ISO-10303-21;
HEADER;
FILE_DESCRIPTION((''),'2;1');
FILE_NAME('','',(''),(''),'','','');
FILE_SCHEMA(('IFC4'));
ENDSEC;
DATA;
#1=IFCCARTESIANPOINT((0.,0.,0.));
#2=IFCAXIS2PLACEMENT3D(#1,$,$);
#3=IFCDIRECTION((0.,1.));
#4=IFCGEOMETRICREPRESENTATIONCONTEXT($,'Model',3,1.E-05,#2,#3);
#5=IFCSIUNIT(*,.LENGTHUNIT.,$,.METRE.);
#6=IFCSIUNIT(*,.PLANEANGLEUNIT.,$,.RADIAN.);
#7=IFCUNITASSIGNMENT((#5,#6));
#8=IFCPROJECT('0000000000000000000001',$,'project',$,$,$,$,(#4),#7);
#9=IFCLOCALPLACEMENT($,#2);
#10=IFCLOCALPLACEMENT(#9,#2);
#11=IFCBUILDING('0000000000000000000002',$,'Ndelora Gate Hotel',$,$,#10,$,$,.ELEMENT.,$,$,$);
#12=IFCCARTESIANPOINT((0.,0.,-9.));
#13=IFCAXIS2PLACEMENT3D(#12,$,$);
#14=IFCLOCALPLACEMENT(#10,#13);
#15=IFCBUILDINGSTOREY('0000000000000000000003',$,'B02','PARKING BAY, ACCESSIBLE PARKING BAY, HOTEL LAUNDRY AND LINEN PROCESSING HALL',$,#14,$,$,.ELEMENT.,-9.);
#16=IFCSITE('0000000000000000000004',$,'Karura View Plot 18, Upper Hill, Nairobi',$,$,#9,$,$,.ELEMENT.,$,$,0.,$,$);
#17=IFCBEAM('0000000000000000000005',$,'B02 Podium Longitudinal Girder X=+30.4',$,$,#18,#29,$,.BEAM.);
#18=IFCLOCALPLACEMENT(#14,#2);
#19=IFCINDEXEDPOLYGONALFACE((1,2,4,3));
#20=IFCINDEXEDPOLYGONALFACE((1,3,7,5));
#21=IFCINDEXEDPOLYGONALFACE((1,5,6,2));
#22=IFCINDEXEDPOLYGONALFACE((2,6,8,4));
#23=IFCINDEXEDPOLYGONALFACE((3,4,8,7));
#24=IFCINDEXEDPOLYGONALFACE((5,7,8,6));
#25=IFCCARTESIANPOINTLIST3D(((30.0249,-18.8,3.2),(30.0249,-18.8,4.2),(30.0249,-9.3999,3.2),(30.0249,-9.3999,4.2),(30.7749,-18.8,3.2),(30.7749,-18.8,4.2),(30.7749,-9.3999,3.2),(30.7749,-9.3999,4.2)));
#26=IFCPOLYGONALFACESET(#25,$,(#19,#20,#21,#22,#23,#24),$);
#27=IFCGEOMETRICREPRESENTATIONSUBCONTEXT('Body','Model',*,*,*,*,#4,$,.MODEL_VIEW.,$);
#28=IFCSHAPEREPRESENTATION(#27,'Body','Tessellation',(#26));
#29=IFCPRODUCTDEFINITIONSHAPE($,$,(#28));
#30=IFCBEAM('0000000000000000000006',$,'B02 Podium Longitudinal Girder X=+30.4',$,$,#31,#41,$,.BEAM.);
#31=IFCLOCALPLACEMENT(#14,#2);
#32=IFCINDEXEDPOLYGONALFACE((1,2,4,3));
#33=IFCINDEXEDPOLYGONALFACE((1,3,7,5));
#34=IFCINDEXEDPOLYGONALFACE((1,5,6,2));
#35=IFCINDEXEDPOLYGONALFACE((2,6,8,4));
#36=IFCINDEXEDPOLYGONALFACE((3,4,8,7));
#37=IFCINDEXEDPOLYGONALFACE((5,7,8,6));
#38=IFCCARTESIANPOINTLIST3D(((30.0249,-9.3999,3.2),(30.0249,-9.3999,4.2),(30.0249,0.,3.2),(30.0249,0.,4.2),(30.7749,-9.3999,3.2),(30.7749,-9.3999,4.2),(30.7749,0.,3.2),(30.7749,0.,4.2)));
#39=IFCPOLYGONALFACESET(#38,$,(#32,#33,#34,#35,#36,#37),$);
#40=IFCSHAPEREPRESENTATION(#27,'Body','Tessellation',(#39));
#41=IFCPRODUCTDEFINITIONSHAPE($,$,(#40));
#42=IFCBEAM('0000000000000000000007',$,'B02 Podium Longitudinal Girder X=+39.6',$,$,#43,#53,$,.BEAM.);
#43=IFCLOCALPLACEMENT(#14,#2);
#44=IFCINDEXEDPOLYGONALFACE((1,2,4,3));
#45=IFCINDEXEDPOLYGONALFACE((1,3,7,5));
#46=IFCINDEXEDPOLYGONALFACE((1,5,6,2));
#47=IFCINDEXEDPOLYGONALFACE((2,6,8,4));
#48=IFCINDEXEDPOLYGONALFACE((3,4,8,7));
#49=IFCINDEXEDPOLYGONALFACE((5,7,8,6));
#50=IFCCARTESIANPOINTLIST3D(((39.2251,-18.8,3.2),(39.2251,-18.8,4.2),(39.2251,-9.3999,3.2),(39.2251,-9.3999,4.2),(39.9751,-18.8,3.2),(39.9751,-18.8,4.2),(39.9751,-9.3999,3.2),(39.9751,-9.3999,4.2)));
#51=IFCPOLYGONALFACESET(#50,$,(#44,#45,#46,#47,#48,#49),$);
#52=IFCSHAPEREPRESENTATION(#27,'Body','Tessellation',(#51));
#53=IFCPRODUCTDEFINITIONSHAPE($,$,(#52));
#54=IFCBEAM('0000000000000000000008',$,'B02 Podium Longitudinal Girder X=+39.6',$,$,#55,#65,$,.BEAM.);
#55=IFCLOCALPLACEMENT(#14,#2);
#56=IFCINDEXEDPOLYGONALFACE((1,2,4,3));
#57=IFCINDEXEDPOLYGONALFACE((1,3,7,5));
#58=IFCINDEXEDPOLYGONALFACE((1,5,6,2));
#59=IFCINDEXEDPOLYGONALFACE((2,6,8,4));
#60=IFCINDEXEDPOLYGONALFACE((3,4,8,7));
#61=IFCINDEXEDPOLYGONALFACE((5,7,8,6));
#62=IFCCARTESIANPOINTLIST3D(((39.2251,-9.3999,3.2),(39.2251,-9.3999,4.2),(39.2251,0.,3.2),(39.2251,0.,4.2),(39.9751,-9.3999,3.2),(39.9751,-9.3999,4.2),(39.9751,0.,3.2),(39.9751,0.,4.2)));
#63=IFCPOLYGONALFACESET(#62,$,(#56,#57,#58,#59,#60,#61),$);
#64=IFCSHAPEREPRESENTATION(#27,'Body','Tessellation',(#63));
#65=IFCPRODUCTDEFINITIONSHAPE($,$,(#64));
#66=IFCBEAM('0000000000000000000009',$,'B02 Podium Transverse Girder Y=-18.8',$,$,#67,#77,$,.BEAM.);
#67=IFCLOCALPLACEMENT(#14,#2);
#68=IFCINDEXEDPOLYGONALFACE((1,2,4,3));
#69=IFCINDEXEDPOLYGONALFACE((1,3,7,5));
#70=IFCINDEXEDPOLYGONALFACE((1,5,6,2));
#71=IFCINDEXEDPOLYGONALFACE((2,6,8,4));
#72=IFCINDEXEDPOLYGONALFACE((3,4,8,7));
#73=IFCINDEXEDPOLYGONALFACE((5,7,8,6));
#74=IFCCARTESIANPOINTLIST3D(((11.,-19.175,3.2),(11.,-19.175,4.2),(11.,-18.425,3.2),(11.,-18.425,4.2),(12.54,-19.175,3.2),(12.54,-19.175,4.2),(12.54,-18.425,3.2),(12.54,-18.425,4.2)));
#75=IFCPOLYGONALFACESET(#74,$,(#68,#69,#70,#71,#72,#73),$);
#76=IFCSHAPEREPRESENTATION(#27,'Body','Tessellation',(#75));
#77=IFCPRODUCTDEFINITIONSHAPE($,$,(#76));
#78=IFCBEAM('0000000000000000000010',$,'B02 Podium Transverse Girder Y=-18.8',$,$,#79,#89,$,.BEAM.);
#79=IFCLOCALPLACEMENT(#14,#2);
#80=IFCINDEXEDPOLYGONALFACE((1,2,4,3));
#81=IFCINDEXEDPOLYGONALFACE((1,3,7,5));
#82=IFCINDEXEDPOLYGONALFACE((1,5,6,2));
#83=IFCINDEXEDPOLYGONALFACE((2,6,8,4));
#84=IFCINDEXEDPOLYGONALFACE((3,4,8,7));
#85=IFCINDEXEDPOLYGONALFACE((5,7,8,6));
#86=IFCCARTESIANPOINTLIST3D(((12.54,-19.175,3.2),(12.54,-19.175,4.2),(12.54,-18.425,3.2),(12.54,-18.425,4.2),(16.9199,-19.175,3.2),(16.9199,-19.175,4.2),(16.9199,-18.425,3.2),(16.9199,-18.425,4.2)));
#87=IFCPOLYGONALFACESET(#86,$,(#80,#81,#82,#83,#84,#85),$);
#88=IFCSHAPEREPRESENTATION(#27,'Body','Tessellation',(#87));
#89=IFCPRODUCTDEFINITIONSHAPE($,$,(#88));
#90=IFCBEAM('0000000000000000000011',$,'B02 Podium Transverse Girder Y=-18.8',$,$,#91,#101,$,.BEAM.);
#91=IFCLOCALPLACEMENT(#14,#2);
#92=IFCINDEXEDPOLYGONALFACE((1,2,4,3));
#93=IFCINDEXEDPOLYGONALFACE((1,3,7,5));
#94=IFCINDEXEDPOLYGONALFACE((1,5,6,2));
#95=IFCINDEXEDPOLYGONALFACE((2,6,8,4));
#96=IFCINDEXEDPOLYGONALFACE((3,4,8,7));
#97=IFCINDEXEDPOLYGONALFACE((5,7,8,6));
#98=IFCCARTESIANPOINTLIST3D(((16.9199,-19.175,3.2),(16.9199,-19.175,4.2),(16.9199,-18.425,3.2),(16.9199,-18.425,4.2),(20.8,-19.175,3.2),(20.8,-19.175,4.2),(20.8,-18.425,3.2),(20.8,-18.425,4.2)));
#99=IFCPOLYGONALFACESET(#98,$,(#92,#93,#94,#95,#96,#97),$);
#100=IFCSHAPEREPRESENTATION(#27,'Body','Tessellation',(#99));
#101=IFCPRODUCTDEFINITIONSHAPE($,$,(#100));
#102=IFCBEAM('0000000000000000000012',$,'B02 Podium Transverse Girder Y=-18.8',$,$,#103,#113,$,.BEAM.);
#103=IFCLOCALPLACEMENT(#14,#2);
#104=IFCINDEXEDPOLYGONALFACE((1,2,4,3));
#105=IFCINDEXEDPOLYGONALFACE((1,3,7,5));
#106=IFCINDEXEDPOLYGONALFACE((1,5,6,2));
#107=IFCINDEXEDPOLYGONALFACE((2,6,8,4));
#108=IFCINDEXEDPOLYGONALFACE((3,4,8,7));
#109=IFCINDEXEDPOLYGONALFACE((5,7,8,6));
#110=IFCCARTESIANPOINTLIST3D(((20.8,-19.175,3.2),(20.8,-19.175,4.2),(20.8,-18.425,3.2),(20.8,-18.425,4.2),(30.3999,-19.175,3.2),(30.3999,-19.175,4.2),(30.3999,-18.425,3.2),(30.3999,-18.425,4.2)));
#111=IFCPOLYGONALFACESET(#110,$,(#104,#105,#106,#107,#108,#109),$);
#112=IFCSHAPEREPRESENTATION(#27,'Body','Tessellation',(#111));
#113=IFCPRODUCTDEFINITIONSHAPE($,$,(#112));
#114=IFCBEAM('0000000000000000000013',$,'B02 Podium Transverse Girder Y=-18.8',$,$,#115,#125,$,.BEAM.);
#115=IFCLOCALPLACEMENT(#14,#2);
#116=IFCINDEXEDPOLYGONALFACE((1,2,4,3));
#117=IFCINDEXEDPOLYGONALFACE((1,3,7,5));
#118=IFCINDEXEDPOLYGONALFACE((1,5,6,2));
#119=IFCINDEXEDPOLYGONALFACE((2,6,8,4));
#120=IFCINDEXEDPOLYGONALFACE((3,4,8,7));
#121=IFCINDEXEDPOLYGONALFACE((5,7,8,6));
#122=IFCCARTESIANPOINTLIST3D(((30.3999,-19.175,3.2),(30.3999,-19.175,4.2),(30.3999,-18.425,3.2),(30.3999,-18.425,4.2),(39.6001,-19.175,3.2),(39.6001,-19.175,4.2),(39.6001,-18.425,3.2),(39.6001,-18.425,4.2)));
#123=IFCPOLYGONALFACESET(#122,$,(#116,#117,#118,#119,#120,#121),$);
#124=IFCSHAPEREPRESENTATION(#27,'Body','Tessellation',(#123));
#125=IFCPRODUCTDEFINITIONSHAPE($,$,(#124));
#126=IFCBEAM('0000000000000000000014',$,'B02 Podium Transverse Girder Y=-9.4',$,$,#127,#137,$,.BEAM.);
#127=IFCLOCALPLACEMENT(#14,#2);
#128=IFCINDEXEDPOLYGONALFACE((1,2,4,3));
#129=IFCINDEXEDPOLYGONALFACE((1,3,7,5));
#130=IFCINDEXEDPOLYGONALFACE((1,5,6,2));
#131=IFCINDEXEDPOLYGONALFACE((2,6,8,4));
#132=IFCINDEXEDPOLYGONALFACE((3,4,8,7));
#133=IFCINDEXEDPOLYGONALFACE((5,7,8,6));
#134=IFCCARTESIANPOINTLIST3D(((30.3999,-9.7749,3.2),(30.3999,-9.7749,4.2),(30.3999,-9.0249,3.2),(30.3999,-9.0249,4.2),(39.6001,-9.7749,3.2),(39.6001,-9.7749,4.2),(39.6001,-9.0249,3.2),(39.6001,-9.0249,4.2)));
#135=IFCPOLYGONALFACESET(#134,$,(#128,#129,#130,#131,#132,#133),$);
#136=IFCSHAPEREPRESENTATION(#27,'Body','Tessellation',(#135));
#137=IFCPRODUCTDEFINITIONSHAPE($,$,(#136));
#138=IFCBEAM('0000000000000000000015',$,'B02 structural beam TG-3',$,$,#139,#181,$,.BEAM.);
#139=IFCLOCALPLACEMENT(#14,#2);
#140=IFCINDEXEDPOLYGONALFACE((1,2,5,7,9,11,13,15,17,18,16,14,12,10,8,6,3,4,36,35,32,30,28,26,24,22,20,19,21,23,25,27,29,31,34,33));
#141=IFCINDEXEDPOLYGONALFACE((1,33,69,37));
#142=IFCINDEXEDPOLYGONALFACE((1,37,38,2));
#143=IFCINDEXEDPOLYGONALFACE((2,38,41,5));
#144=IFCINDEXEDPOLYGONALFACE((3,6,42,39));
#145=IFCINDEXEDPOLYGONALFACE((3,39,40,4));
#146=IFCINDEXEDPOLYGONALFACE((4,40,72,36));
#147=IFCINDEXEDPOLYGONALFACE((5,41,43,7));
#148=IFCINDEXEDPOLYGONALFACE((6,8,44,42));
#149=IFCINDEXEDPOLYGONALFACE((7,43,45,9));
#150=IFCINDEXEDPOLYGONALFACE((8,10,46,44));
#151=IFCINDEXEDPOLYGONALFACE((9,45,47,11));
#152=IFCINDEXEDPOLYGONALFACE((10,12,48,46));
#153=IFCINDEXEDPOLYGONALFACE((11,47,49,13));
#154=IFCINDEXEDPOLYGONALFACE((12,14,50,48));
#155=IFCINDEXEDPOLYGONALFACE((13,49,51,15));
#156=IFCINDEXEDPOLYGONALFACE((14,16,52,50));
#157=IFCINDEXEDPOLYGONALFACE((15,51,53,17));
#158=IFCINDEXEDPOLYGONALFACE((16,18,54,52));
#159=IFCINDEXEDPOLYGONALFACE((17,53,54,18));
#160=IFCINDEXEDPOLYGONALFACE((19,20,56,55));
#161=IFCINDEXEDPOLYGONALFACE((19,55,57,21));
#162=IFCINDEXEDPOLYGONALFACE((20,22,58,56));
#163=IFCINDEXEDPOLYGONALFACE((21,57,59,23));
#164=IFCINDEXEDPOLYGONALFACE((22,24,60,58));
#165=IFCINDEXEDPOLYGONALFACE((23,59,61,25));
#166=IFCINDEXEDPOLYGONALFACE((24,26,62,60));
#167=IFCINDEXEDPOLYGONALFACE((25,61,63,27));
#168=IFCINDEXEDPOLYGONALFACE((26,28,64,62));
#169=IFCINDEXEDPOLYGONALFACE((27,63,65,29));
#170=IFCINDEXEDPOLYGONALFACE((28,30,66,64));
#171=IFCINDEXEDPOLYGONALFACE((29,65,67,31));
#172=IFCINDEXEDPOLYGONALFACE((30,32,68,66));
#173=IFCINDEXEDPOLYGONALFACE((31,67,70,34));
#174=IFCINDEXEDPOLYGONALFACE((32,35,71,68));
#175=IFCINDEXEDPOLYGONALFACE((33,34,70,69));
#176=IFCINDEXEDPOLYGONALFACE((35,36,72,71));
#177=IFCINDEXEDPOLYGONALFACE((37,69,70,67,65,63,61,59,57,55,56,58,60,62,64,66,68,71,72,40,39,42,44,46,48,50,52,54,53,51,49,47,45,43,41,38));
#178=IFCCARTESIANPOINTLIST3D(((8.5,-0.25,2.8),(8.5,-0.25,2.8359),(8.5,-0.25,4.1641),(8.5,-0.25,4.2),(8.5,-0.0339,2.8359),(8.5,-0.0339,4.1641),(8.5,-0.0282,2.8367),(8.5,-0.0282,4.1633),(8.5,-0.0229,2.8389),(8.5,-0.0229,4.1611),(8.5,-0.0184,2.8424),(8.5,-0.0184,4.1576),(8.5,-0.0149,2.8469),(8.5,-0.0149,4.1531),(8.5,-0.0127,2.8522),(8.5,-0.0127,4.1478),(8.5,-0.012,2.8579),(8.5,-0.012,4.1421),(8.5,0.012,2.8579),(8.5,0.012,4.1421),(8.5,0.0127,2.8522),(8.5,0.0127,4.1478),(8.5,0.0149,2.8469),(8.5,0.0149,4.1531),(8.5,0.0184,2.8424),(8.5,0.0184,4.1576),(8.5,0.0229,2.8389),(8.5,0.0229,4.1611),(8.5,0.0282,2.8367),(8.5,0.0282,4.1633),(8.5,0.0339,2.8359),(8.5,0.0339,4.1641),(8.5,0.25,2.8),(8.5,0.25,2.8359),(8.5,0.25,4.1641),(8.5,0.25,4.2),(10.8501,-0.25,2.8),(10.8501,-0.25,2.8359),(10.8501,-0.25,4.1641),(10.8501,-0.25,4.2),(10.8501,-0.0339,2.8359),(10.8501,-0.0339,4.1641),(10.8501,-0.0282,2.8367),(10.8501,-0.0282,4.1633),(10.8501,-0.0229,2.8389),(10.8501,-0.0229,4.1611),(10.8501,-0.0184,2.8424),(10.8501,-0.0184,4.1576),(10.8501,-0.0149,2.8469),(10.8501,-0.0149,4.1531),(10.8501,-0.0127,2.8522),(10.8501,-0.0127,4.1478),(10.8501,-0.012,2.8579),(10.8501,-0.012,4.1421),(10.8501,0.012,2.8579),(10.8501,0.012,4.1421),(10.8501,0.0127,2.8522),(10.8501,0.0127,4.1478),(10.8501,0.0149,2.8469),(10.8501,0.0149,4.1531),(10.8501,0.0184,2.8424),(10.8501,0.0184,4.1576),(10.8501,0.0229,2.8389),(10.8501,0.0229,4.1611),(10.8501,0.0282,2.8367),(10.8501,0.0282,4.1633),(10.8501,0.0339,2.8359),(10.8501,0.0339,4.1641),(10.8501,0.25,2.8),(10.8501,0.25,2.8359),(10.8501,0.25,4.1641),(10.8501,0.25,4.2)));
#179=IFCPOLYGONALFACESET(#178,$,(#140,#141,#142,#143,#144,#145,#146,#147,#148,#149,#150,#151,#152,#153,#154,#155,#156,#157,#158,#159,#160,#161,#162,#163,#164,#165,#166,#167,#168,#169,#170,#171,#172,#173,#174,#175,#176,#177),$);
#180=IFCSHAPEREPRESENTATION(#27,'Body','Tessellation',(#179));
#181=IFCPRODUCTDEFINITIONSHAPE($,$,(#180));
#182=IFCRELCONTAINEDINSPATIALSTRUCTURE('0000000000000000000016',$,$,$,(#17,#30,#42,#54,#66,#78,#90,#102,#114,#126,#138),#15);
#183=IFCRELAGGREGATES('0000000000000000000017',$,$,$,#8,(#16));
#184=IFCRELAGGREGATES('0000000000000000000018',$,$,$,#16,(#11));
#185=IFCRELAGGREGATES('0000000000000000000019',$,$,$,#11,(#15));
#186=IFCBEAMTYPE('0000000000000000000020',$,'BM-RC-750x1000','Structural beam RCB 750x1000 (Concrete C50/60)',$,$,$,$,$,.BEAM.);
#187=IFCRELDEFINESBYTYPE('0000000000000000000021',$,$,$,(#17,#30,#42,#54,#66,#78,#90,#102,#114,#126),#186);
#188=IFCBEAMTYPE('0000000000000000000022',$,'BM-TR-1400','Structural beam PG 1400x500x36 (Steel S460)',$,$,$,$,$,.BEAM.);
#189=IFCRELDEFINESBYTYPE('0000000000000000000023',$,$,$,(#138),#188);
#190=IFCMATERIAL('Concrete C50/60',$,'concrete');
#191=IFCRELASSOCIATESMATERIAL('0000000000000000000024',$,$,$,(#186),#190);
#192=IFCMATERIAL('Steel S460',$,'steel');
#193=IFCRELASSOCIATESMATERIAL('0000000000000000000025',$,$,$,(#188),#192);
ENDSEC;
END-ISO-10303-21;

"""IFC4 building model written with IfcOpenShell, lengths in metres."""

from ifc_helpers import new_model, si_unit, direction, frame, origin, origin_2d, place, context, subcontext, project, spatial, rectangle, i_section, extrude, material, material_profile, profile_set, type_object, element, save


model = new_model("IFC4")

# Units and contexts
model_context = context("Model", 3, precision=1e-05, world=origin(), true_north=direction((0.0, 1.0)))
body_context = subcontext(model_context, "Body", "Model", "MODEL_VIEW")
ifc_project = project(units=[si_unit("LENGTHUNIT", "METRE"), si_unit("PLANEANGLEUNIT", "RADIAN")], contexts=[model_context])

# Site, building, storey
site_placement = place(None, origin())
site = spatial("IfcSite", under=ifc_project, at=site_placement, Name="Karura View Plot 18, Upper Hill, Nairobi", CompositionType="ELEMENT", RefElevation=0.0)
building_placement = place(site_placement, origin())
building = spatial("IfcBuilding", under=site, at=building_placement, Name="Ndelora Gate Hotel", CompositionType="ELEMENT")
storey_placement = place(building_placement, frame((0.0, 0.0, -9.0)))
storey = spatial("IfcBuildingStorey", under=building, at=storey_placement, Name="B02", Description="PARKING BAY, ACCESSIBLE PARKING BAY, HOTEL LAUNDRY AND LINEN PROCESSING HALL", CompositionType="ELEMENT", Elevation=-9.0)

# Shared definitions
ifc_material_1 = material(Name="Concrete C50/60", Category="concrete")

# Beams
ifc_material_profile_1 = material_profile(ifc_material_1, rectangle(XDim=0.75, YDim=1.0, at=origin_2d()), Name="RCB 750x1000")
ifc_profile_set_1 = profile_set([ifc_material_profile_1], Name="Concrete C50/60")
beam_type_1 = type_object("IfcBeamType", Name="BM-RC-750x1000", Description="Structural beam RCB 750x1000 (Concrete C50/60)", PredefinedType="BEAM", material=ifc_profile_set_1)
beam_1_placement = place(storey_placement, frame((30.3999, -18.8, 3.7), z_axis=(0.0, 1.0, 0.0), x_axis=(-1.0, 0.0, 0.0)))
element("IfcBeam", 1, at=beam_1_placement, inside=storey, type_object=beam_type_1, Name="B02 Podium Longitudinal Girder X=+30.4", PredefinedType="BEAM", context=body_context, shape_type="SweptSolid", body=[
    extrude(rectangle(XDim=0.75, YDim=1.0, at=origin_2d()), origin(), (0.0, 0.0, 1.0), 9.4001),
])
beam_2_placement = place(storey_placement, frame((30.3999, -9.3999, 3.7), z_axis=(0.0, 1.0, 0.0), x_axis=(-1.0, 0.0, 0.0)))
element("IfcBeam", 2, at=beam_2_placement, inside=storey, type_object=beam_type_1, Name="B02 Podium Longitudinal Girder X=+30.4", PredefinedType="BEAM", context=body_context, shape_type="SweptSolid", body=[
    extrude(rectangle(XDim=0.75, YDim=1.0, at=origin_2d()), origin(), (0.0, 0.0, 1.0), 9.3999),
])
beam_3_placement = place(storey_placement, frame((39.6001, -18.8, 3.7), z_axis=(0.0, 1.0, 0.0), x_axis=(-1.0, 0.0, 0.0)))
element("IfcBeam", 3, at=beam_3_placement, inside=storey, type_object=beam_type_1, Name="B02 Podium Longitudinal Girder X=+39.6", PredefinedType="BEAM", context=body_context, shape_type="SweptSolid", body=[
    extrude(rectangle(XDim=0.75, YDim=1.0, at=origin_2d()), origin(), (0.0, 0.0, 1.0), 9.4001),
])
beam_4_placement = place(storey_placement, frame((39.6001, -9.3999, 3.7), z_axis=(0.0, 1.0, 0.0), x_axis=(-1.0, 0.0, 0.0)))
element("IfcBeam", 4, at=beam_4_placement, inside=storey, type_object=beam_type_1, Name="B02 Podium Longitudinal Girder X=+39.6", PredefinedType="BEAM", context=body_context, shape_type="SweptSolid", body=[
    extrude(rectangle(XDim=0.75, YDim=1.0, at=origin_2d()), origin(), (0.0, 0.0, 1.0), 9.3999),
])
beam_5_placement = place(storey_placement, frame((11.0, -18.8, 3.7), z_axis=(1.0, 0.0, 0.0), x_axis=(0.0, 1.0, 0.0)))
element("IfcBeam", 5, at=beam_5_placement, inside=storey, type_object=beam_type_1, Name="B02 Podium Transverse Girder Y=-18.8", PredefinedType="BEAM", context=body_context, shape_type="SweptSolid", body=[
    extrude(rectangle(XDim=0.75, YDim=1.0, at=origin_2d()), origin(), (0.0, 0.0, 1.0), 1.54),
])
beam_6_placement = place(storey_placement, frame((12.54, -18.8, 3.7), z_axis=(1.0, 0.0, 0.0), x_axis=(0.0, 1.0, 0.0)))
element("IfcBeam", 6, at=beam_6_placement, inside=storey, type_object=beam_type_1, Name="B02 Podium Transverse Girder Y=-18.8", PredefinedType="BEAM", context=body_context, shape_type="SweptSolid", body=[
    extrude(rectangle(XDim=0.75, YDim=1.0, at=origin_2d()), origin(), (0.0, 0.0, 1.0), 4.3799),
])
beam_7_placement = place(storey_placement, frame((16.9199, -18.8, 3.7), z_axis=(1.0, 0.0, 0.0), x_axis=(0.0, 1.0, 0.0)))
element("IfcBeam", 7, at=beam_7_placement, inside=storey, type_object=beam_type_1, Name="B02 Podium Transverse Girder Y=-18.8", PredefinedType="BEAM", context=body_context, shape_type="SweptSolid", body=[
    extrude(rectangle(XDim=0.75, YDim=1.0, at=origin_2d()), origin(), (0.0, 0.0, 1.0), 3.8801),
])
beam_8_placement = place(storey_placement, frame((20.8, -18.8, 3.7), z_axis=(1.0, 0.0, 0.0), x_axis=(0.0, 1.0, 0.0)))
element("IfcBeam", 8, at=beam_8_placement, inside=storey, type_object=beam_type_1, Name="B02 Podium Transverse Girder Y=-18.8", PredefinedType="BEAM", context=body_context, shape_type="SweptSolid", body=[
    extrude(rectangle(XDim=0.75, YDim=1.0, at=origin_2d()), origin(), (0.0, 0.0, 1.0), 9.5999),
])
for number, where, z_axis, x_axis, name in (
    (9, (30.3999, -18.8, 3.7), (1.0, 0.0, 0.0), (0.0, 1.0, 0.0), "B02 Podium Transverse Girder Y=-18.8"),
    (10, (30.3999, -9.3999, 3.7), (1.0, 0.0, 0.0), (0.0, 1.0, 0.0), "B02 Podium Transverse Girder Y=-9.4"),
):
    element("IfcBeam", number, at=place(storey_placement, frame(where, z_axis=z_axis, x_axis=x_axis)), inside=storey, type_object=beam_type_1, Name=name, PredefinedType="BEAM", context=body_context, shape_type="SweptSolid", body=[
        extrude(rectangle(XDim=0.75, YDim=1.0, at=origin_2d()), origin(), (0.0, 0.0, 1.0), 9.2002),
    ])
ifc_material_2 = material(Name="Steel S460", Category="steel")
ifc_material_profile_2 = material_profile(ifc_material_2, i_section(OverallWidth=0.5, OverallDepth=1.3999, WebThickness=0.0239, FlangeThickness=0.0359, FilletRadius=0.022, at=origin_2d()), Name="PG 1400x500x36")
ifc_profile_set_2 = profile_set([ifc_material_profile_2], Name="Steel S460")
beam_type_2 = type_object("IfcBeamType", Name="BM-TR-1400", Description="Structural beam PG 1400x500x36 (Steel S460)", PredefinedType="BEAM", material=ifc_profile_set_2)
beam_9_placement = place(storey_placement, frame((8.5, 0.0, 3.5), z_axis=(1.0, 0.0, 0.0), x_axis=(0.0, 1.0, 0.0)))
element("IfcBeam", 11, at=beam_9_placement, inside=storey, type_object=beam_type_2, Name="B02 structural beam TG-3", PredefinedType="BEAM", context=body_context, shape_type="SweptSolid", body=[
    extrude(i_section(OverallWidth=0.5, OverallDepth=1.3999, WebThickness=0.0239, FlangeThickness=0.0359, FilletRadius=0.022, at=origin_2d()), origin(), (0.0, 0.0, 1.0), 2.3501),
])

save(model, "model.ifc")
